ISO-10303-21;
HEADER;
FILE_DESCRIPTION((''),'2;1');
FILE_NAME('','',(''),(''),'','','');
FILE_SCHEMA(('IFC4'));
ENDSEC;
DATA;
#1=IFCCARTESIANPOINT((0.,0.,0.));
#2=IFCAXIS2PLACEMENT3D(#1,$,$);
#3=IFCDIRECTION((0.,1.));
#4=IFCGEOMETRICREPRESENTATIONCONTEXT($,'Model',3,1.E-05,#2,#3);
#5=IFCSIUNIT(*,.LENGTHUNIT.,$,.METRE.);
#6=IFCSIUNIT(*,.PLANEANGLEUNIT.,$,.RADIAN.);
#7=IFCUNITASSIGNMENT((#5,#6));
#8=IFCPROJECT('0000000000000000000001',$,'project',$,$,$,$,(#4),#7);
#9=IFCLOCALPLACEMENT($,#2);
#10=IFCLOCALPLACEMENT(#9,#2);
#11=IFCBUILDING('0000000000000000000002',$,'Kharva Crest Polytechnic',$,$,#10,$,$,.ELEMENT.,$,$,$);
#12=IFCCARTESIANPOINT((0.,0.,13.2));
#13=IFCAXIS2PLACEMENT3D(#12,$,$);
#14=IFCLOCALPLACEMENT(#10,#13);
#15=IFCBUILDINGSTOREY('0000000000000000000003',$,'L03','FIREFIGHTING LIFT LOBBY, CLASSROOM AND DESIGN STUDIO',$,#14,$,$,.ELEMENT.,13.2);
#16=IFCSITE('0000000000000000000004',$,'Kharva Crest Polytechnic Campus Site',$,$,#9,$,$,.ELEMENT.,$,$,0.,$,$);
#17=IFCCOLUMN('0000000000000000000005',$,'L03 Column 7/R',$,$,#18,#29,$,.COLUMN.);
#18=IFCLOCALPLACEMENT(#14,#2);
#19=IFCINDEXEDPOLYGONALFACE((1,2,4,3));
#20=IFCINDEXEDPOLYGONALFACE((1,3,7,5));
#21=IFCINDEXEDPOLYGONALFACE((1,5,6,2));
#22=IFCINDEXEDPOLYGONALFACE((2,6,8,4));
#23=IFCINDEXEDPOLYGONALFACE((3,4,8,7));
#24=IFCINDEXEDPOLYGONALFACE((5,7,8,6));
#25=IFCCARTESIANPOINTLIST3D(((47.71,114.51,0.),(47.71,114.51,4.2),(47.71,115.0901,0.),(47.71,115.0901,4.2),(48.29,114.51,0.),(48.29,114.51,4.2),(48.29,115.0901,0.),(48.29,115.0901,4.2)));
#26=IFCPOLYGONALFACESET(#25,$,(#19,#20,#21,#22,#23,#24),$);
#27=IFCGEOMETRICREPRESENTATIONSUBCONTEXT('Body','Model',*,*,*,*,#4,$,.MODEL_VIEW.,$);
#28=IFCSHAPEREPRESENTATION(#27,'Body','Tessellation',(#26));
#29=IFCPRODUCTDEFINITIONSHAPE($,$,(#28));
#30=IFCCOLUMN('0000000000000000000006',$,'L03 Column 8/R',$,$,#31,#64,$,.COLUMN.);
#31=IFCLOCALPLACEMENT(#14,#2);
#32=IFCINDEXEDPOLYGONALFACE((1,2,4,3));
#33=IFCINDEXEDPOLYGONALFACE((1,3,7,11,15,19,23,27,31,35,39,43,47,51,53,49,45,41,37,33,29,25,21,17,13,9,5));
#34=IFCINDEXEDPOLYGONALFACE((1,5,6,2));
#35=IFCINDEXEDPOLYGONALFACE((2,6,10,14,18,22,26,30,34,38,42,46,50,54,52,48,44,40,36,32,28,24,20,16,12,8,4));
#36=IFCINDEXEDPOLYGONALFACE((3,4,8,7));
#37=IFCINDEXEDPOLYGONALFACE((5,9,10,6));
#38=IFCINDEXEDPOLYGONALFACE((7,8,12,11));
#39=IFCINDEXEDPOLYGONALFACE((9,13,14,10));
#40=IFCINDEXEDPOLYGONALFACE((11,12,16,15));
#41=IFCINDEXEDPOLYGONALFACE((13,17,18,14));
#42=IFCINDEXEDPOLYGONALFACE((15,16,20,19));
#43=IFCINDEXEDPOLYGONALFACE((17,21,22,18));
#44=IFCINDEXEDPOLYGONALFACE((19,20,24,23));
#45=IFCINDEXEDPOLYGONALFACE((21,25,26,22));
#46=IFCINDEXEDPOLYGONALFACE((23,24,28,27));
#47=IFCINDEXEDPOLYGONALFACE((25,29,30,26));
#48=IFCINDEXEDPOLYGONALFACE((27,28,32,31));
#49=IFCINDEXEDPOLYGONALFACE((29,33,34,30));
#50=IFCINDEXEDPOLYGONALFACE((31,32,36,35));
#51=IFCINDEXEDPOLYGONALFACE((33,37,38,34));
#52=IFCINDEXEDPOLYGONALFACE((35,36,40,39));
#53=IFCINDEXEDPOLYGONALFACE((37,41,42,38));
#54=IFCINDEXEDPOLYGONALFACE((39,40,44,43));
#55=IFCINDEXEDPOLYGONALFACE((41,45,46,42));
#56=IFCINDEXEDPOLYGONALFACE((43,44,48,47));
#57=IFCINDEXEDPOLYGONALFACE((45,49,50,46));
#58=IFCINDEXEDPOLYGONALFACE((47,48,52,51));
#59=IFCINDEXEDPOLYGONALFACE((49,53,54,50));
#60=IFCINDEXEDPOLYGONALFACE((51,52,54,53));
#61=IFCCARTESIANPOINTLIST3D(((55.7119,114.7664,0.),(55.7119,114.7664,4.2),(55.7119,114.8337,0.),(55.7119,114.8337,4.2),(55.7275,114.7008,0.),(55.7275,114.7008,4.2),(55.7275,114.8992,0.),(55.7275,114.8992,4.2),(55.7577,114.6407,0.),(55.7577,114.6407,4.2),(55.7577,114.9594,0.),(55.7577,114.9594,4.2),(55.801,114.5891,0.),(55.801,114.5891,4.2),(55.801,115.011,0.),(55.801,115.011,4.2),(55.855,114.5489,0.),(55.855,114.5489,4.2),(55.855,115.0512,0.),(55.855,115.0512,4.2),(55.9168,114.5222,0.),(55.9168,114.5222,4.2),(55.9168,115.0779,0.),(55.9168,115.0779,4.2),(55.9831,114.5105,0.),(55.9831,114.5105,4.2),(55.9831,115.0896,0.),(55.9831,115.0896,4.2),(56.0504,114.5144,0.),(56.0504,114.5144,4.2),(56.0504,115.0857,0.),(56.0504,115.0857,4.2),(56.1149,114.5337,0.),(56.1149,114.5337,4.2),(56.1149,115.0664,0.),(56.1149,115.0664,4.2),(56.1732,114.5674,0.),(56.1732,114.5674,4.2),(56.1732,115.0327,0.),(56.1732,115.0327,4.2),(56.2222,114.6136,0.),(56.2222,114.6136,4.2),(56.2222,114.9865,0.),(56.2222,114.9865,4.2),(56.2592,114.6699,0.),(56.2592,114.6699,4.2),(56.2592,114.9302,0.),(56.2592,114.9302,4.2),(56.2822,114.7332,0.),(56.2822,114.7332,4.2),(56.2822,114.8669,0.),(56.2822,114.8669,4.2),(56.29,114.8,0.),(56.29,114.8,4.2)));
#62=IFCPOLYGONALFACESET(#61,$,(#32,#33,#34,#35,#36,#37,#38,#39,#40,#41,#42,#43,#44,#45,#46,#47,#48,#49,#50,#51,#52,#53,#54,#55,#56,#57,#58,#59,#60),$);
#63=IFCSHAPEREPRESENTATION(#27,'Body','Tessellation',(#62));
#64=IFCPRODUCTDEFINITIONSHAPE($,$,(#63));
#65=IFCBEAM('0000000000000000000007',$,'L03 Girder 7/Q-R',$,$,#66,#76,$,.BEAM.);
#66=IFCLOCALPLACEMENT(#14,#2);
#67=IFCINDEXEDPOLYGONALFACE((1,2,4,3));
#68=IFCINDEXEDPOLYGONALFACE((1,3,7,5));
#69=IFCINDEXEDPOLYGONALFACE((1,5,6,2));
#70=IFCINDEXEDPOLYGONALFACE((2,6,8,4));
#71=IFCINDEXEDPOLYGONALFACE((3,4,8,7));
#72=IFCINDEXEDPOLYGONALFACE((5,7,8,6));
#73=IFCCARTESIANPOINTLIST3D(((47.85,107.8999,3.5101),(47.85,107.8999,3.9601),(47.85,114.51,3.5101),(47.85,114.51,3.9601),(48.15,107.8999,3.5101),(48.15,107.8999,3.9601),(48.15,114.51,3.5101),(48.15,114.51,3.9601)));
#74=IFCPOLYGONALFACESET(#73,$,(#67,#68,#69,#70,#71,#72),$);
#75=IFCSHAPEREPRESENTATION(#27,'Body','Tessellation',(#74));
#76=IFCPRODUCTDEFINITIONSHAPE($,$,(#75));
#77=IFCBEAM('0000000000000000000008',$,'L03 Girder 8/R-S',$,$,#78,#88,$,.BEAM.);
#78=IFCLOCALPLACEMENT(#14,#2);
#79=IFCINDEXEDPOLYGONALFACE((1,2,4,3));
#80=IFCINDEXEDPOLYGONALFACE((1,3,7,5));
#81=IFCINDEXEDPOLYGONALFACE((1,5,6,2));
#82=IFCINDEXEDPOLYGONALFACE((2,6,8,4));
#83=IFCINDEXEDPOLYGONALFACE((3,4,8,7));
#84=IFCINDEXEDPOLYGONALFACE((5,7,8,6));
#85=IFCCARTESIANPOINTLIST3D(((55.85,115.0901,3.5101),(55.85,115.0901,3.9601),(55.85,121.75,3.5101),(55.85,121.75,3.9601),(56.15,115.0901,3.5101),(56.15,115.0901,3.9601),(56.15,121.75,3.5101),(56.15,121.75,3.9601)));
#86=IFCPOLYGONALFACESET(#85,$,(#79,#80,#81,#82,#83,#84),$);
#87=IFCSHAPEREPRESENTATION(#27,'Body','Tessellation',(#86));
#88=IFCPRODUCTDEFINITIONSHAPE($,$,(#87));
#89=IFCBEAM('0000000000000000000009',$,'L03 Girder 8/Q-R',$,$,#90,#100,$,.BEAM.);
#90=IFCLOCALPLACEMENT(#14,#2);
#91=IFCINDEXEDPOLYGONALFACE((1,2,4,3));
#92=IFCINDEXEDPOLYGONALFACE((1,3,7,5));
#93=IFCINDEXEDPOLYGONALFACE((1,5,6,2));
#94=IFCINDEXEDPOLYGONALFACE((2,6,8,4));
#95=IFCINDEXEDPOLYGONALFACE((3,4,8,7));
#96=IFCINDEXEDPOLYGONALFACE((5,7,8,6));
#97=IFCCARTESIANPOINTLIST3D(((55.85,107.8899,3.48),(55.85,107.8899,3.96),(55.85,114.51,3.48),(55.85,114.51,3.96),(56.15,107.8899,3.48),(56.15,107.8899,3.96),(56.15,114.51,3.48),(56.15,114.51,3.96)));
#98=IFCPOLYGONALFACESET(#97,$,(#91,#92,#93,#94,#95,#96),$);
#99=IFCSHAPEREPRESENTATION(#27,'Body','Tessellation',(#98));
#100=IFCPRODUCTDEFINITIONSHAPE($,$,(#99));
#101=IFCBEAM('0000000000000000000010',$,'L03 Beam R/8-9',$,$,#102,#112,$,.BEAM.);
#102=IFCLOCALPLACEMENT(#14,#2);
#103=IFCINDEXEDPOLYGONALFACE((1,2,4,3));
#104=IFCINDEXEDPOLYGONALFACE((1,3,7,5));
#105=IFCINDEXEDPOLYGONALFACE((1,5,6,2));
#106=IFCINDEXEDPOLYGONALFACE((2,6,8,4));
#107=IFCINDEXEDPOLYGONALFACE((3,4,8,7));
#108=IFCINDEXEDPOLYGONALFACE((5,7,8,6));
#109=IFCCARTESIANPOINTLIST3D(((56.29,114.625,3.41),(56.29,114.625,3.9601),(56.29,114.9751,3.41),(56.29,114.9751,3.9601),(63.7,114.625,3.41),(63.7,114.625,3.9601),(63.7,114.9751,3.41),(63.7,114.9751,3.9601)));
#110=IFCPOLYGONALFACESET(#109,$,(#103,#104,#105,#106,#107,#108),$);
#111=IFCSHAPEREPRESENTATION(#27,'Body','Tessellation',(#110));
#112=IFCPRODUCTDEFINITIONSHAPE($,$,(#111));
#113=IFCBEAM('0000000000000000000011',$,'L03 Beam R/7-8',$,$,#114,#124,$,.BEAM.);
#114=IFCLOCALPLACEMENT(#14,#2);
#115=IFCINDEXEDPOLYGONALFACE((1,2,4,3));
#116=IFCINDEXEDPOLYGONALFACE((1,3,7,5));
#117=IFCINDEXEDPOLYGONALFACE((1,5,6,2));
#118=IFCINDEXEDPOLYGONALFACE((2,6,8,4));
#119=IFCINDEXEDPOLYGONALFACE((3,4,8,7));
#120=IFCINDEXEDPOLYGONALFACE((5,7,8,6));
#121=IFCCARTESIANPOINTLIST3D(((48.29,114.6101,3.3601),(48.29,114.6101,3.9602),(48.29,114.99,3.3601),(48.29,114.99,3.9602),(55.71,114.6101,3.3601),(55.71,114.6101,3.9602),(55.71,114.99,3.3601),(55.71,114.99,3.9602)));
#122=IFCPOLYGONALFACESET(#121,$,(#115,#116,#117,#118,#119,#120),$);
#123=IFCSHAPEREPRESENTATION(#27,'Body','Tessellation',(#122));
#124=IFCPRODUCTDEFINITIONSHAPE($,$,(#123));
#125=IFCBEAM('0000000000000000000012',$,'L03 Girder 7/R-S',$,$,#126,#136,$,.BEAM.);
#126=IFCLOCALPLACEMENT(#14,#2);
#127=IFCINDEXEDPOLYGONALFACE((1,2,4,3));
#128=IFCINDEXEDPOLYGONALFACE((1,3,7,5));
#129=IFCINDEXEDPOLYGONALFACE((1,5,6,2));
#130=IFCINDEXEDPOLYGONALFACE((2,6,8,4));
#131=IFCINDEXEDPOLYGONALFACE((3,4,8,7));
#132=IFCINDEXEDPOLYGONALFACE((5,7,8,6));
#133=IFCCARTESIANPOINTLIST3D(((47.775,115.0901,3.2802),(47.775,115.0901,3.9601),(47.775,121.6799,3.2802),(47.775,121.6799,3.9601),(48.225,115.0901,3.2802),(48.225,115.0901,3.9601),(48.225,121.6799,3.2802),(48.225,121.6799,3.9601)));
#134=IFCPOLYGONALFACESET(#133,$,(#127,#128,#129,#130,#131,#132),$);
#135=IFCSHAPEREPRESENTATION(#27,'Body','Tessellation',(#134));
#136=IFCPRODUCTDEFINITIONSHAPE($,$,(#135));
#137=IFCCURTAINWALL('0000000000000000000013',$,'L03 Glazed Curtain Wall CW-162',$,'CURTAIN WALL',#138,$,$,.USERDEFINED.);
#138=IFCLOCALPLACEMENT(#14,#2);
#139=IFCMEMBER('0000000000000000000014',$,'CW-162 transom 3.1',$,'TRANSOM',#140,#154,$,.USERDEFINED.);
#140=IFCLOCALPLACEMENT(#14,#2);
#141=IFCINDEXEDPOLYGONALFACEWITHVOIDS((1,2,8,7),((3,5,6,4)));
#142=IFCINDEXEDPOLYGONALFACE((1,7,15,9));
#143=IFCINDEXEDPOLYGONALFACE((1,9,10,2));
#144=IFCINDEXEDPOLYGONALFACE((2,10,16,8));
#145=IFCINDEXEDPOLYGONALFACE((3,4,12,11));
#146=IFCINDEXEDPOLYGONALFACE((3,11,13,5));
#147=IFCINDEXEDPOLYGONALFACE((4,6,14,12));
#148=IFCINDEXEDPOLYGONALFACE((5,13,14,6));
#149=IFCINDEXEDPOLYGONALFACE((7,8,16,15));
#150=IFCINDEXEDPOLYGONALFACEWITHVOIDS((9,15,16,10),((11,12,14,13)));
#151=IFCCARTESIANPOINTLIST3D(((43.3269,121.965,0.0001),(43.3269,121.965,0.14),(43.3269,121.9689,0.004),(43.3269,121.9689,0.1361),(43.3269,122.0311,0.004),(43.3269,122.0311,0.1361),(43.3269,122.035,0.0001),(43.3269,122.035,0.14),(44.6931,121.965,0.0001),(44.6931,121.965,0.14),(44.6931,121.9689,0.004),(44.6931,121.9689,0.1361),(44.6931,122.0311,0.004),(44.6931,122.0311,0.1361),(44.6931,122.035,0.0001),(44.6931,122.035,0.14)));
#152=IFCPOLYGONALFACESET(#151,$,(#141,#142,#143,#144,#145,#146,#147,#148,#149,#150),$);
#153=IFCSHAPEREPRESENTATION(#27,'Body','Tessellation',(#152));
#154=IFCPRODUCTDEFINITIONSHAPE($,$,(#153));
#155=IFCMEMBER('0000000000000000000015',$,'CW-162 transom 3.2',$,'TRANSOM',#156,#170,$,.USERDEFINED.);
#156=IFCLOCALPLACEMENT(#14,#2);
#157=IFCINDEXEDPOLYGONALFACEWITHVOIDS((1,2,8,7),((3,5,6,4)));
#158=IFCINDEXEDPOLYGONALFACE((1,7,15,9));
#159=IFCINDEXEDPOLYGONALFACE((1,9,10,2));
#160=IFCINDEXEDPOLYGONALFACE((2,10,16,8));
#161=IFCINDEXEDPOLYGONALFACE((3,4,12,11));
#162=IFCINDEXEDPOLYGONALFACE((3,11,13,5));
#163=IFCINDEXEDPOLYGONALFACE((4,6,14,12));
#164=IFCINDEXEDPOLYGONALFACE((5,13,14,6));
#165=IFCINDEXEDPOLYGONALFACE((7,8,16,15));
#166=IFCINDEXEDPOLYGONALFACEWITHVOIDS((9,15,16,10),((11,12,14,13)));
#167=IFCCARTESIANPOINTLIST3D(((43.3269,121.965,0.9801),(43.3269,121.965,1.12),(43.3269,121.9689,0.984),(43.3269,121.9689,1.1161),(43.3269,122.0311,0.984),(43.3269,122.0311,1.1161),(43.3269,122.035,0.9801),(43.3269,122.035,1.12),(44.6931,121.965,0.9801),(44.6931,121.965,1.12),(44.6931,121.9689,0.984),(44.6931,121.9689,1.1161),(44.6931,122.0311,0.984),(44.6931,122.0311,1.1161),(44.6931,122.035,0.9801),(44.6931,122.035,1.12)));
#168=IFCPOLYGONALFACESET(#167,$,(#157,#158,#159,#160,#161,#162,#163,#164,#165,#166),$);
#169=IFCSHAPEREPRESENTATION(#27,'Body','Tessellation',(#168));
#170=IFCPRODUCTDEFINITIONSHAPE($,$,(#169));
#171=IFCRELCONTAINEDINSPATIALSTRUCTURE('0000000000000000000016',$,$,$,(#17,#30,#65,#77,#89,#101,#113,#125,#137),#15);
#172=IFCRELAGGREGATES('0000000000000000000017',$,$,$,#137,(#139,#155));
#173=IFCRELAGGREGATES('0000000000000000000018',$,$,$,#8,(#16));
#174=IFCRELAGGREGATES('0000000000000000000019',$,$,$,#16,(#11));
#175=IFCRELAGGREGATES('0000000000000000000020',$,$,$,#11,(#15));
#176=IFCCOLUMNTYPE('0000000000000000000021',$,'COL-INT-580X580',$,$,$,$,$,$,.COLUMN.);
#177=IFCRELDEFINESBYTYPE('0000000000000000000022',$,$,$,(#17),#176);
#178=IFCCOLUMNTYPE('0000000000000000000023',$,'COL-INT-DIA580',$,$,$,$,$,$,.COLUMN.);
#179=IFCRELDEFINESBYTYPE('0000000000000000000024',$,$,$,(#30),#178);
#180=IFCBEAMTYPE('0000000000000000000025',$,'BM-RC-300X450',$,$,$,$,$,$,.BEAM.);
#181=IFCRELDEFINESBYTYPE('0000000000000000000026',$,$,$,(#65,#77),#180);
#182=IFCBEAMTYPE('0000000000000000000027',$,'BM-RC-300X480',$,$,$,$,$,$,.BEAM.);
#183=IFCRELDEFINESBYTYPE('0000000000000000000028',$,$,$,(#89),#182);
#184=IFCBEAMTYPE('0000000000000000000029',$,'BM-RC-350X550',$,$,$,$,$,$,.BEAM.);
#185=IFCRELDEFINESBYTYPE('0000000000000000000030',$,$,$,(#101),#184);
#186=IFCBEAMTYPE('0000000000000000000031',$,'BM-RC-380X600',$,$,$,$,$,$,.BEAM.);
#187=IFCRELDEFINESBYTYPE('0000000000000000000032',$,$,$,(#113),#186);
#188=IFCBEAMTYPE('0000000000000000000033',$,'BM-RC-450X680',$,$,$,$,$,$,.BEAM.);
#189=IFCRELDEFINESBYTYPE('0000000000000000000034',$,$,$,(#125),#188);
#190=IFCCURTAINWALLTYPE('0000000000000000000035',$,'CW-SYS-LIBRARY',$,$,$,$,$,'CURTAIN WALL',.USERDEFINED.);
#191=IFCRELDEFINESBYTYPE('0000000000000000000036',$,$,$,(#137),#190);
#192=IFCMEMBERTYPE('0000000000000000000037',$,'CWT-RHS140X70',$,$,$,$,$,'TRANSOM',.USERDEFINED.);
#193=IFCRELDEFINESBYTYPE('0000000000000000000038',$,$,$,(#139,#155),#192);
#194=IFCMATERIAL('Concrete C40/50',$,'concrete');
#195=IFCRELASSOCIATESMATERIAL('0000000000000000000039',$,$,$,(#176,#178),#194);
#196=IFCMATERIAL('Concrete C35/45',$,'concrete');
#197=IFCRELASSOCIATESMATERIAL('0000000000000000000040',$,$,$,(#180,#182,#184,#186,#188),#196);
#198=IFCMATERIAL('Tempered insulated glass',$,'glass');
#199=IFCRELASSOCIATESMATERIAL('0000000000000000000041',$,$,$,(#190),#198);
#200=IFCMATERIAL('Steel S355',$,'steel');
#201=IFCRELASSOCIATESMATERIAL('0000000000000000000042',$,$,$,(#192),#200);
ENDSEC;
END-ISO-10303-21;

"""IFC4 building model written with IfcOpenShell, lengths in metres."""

from ifc_helpers import new_model, si_unit, direction, frame, origin, origin_2d, place, context, subcontext, project, spatial, rectangle, hollow_rectangle, circle, extrude, material, material_profile, profile_set, type_object, element, aggregate, save


model = new_model("IFC4")

# Units and contexts
model_context = context("Model", 3, precision=1e-05, world=origin(), true_north=direction((0.0, 1.0)))
body_context = subcontext(model_context, "Body", "Model", "MODEL_VIEW")
ifc_project = project(units=[si_unit("LENGTHUNIT", "METRE"), si_unit("PLANEANGLEUNIT", "RADIAN")], contexts=[model_context])

# Site, building, storey
site_placement = place(None, origin())
site = spatial("IfcSite", under=ifc_project, at=site_placement, Name="Kharva Crest Polytechnic Campus Site", CompositionType="ELEMENT", RefElevation=0.0)
building_placement = place(site_placement, origin())
building = spatial("IfcBuilding", under=site, at=building_placement, Name="Kharva Crest Polytechnic", CompositionType="ELEMENT")
storey_placement = place(building_placement, frame((0.0, 0.0, 13.2)))
storey = spatial("IfcBuildingStorey", under=building, at=storey_placement, Name="L03", Description="FIREFIGHTING LIFT LOBBY, CLASSROOM AND DESIGN STUDIO", CompositionType="ELEMENT", Elevation=13.2)

# Columns
ifc_material_1 = material(Name="Concrete C40/50", Category="concrete")
ifc_material_profile_1 = material_profile(ifc_material_1, rectangle(XDim=0.5801, YDim=0.5801, at=origin_2d()), Name="RECT 580 X 580")
ifc_profile_set_1 = profile_set([ifc_material_profile_1], Name="Concrete C40/50")
column_type_1 = type_object("IfcColumnType", Name="COL-INT-580X580", PredefinedType="COLUMN", material=ifc_profile_set_1)
column_1_placement = place(storey_placement, frame((48.0, 114.8, 0.0), z_axis=(0.0, 0.0, 1.0), x_axis=(1.0, 0.0, 0.0)))
element("IfcColumn", 1, at=column_1_placement, inside=storey, type_object=column_type_1, Name="L03 Column 7/R", PredefinedType="COLUMN", context=body_context, shape_type="SweptSolid", body=[
    extrude(rectangle(XDim=0.5801, YDim=0.5801, at=origin_2d()), origin(), (0.0, 0.0, 1.0), 4.2),
])
ifc_material_profile_2 = material_profile(ifc_material_1, circle(Radius=0.29, at=origin_2d()), Name="DIA 580")
ifc_profile_set_2 = profile_set([ifc_material_profile_2], Name="Concrete C40/50")
column_type_2 = type_object("IfcColumnType", Name="COL-INT-DIA580", PredefinedType="COLUMN", material=ifc_profile_set_2)
column_2_placement = place(storey_placement, frame((56.0, 114.8, 0.0), z_axis=(0.0, 0.0, 1.0), x_axis=(1.0, 0.0, 0.0)))
element("IfcColumn", 2, at=column_2_placement, inside=storey, type_object=column_type_2, Name="L03 Column 8/R", PredefinedType="COLUMN", context=body_context, shape_type="SweptSolid", body=[
    extrude(circle(Radius=0.29, at=origin_2d()), origin(), (0.0, 0.0, 1.0), 4.2),
])

# Beams
ifc_material_2 = material(Name="Concrete C35/45", Category="concrete")
ifc_material_profile_3 = material_profile(ifc_material_2, rectangle(XDim=0.3, YDim=0.45, at=origin_2d()), Name="RECT 300 X 450")
ifc_profile_set_3 = profile_set([ifc_material_profile_3], Name="Concrete C35/45")
beam_type_1 = type_object("IfcBeamType", Name="BM-RC-300X450", PredefinedType="BEAM", material=ifc_profile_set_3)
beam_1_placement = place(storey_placement, frame((48.0, 107.8999, 3.7351), z_axis=(0.0, 1.0, 0.0), x_axis=(-1.0, 0.0, 0.0)))
element("IfcBeam", 3, at=beam_1_placement, inside=storey, type_object=beam_type_1, Name="L03 Girder 7/Q-R", PredefinedType="BEAM", context=body_context, shape_type="SweptSolid", body=[
    extrude(rectangle(XDim=0.3, YDim=0.45, at=origin_2d()), origin(), (0.0, 0.0, 1.0), 6.6101),
])
beam_2_placement = place(storey_placement, frame((56.0, 115.0901, 3.7351), z_axis=(0.0, 1.0, 0.0), x_axis=(-1.0, 0.0, 0.0)))
element("IfcBeam", 4, at=beam_2_placement, inside=storey, type_object=beam_type_1, Name="L03 Girder 8/R-S", PredefinedType="BEAM", context=body_context, shape_type="SweptSolid", body=[
    extrude(rectangle(XDim=0.3, YDim=0.45, at=origin_2d()), origin(), (0.0, 0.0, 1.0), 6.6599),
])
ifc_material_profile_4 = material_profile(ifc_material_2, rectangle(XDim=0.3, YDim=0.48, at=origin_2d()), Name="RECT 300 X 480")
ifc_profile_set_4 = profile_set([ifc_material_profile_4], Name="Concrete C35/45")
beam_type_2 = type_object("IfcBeamType", Name="BM-RC-300X480", PredefinedType="BEAM", material=ifc_profile_set_4)
beam_3_placement = place(storey_placement, frame((56.0, 107.8899, 3.72), z_axis=(0.0, 1.0, 0.0), x_axis=(-1.0, 0.0, 0.0)))
element("IfcBeam", 5, at=beam_3_placement, inside=storey, type_object=beam_type_2, Name="L03 Girder 8/Q-R", PredefinedType="BEAM", context=body_context, shape_type="SweptSolid", body=[
    extrude(rectangle(XDim=0.3, YDim=0.48, at=origin_2d()), origin(), (0.0, 0.0, 1.0), 6.6201),
])
ifc_material_profile_5 = material_profile(ifc_material_2, rectangle(XDim=0.3501, YDim=0.55, at=origin_2d()), Name="RECT 350 X 550")
ifc_profile_set_5 = profile_set([ifc_material_profile_5], Name="Concrete C35/45")
beam_type_3 = type_object("IfcBeamType", Name="BM-RC-350X550", PredefinedType="BEAM", material=ifc_profile_set_5)
beam_4_placement = place(storey_placement, frame((56.29, 114.8, 3.6851), z_axis=(1.0, 0.0, 0.0), x_axis=(0.0, 1.0, 0.0)))
element("IfcBeam", 6, at=beam_4_placement, inside=storey, type_object=beam_type_3, Name="L03 Beam R/8-9", PredefinedType="BEAM", context=body_context, shape_type="SweptSolid", body=[
    extrude(rectangle(XDim=0.3501, YDim=0.55, at=origin_2d()), origin(), (0.0, 0.0, 1.0), 7.4099),
])
ifc_material_profile_6 = material_profile(ifc_material_2, rectangle(XDim=0.3799, YDim=0.6001, at=origin_2d()), Name="RECT 380 X 600")
ifc_profile_set_6 = profile_set([ifc_material_profile_6], Name="Concrete C35/45")
beam_type_4 = type_object("IfcBeamType", Name="BM-RC-380X600", PredefinedType="BEAM", material=ifc_profile_set_6)
beam_5_placement = place(storey_placement, frame((48.29, 114.8, 3.6602), z_axis=(1.0, 0.0, 0.0), x_axis=(0.0, 1.0, 0.0)))
element("IfcBeam", 7, at=beam_5_placement, inside=storey, type_object=beam_type_4, Name="L03 Beam R/7-8", PredefinedType="BEAM", context=body_context, shape_type="SweptSolid", body=[
    extrude(rectangle(XDim=0.3799, YDim=0.6001, at=origin_2d()), origin(), (0.0, 0.0, 1.0), 7.4199),
])
ifc_material_profile_7 = material_profile(ifc_material_2, rectangle(XDim=0.45, YDim=0.6799, at=origin_2d()), Name="RECT 450 X 680")
ifc_profile_set_7 = profile_set([ifc_material_profile_7], Name="Concrete C35/45")
beam_type_5 = type_object("IfcBeamType", Name="BM-RC-450X680", PredefinedType="BEAM", material=ifc_profile_set_7)
beam_6_placement = place(storey_placement, frame((48.0, 115.0901, 3.6201), z_axis=(0.0, 1.0, 0.0), x_axis=(-1.0, 0.0, 0.0)))
element("IfcBeam", 8, at=beam_6_placement, inside=storey, type_object=beam_type_5, Name="L03 Girder 7/R-S", PredefinedType="BEAM", context=body_context, shape_type="SweptSolid", body=[
    extrude(rectangle(XDim=0.45, YDim=0.6799, at=origin_2d()), origin(), (0.0, 0.0, 1.0), 6.5898),
])

# Curtain wall, members
ifc_material_3 = material(Name="Tempered insulated glass", Category="glass")
curtain_wall_type = type_object("IfcCurtainWallType", Name="CW-SYS-LIBRARY", ElementType="CURTAIN WALL", PredefinedType="USERDEFINED", material=ifc_material_3)
curtain_wall_placement = place(storey_placement, origin())
curtain_wall = element("IfcCurtainWall", 9, at=curtain_wall_placement, inside=storey, type_object=curtain_wall_type, Name="L03 Glazed Curtain Wall CW-162", ObjectType="CURTAIN WALL", PredefinedType="USERDEFINED")
ifc_material_4 = material(Name="Steel S355", Category="steel")
ifc_material_profile_8 = material_profile(ifc_material_4, hollow_rectangle(XDim=0.0701, YDim=0.1399, WallThickness=0.0039, at=origin_2d()), Name="RHS 140X70X4.0")
ifc_profile_set_8 = profile_set([ifc_material_profile_8], Name="Steel S355")
member_type = type_object("IfcMemberType", Name="CWT-RHS140X70", ElementType="TRANSOM", PredefinedType="USERDEFINED", material=ifc_profile_set_8)
member_1_placement = place(storey_placement, frame((44.6931, 122.0, 0.0701), z_axis=(-1.0, 0.0, 0.0), x_axis=(0.0, -1.0, 0.0)))
member_1 = element("IfcMember", 10, at=member_1_placement, type_object=member_type, Name="CW-162 transom 3.1", ObjectType="TRANSOM", PredefinedType="USERDEFINED", context=body_context, shape_type="SweptSolid", body=[
    extrude(hollow_rectangle(XDim=0.0701, YDim=0.1399, WallThickness=0.0039, at=origin_2d()), origin(), (0.0, 0.0, 1.0), 1.3662),
])
member_2_placement = place(storey_placement, frame((44.6931, 122.0, 1.05), z_axis=(-1.0, 0.0, 0.0), x_axis=(0.0, -1.0, 0.0)))
member_2 = element("IfcMember", 11, at=member_2_placement, type_object=member_type, Name="CW-162 transom 3.2", ObjectType="TRANSOM", PredefinedType="USERDEFINED", context=body_context, shape_type="SweptSolid", body=[
    extrude(hollow_rectangle(XDim=0.0701, YDim=0.1399, WallThickness=0.0039, at=origin_2d()), origin(), (0.0, 0.0, 1.0), 1.3662),
])

aggregate(curtain_wall, [member_1, member_2])

save(model, "model.ifc")
